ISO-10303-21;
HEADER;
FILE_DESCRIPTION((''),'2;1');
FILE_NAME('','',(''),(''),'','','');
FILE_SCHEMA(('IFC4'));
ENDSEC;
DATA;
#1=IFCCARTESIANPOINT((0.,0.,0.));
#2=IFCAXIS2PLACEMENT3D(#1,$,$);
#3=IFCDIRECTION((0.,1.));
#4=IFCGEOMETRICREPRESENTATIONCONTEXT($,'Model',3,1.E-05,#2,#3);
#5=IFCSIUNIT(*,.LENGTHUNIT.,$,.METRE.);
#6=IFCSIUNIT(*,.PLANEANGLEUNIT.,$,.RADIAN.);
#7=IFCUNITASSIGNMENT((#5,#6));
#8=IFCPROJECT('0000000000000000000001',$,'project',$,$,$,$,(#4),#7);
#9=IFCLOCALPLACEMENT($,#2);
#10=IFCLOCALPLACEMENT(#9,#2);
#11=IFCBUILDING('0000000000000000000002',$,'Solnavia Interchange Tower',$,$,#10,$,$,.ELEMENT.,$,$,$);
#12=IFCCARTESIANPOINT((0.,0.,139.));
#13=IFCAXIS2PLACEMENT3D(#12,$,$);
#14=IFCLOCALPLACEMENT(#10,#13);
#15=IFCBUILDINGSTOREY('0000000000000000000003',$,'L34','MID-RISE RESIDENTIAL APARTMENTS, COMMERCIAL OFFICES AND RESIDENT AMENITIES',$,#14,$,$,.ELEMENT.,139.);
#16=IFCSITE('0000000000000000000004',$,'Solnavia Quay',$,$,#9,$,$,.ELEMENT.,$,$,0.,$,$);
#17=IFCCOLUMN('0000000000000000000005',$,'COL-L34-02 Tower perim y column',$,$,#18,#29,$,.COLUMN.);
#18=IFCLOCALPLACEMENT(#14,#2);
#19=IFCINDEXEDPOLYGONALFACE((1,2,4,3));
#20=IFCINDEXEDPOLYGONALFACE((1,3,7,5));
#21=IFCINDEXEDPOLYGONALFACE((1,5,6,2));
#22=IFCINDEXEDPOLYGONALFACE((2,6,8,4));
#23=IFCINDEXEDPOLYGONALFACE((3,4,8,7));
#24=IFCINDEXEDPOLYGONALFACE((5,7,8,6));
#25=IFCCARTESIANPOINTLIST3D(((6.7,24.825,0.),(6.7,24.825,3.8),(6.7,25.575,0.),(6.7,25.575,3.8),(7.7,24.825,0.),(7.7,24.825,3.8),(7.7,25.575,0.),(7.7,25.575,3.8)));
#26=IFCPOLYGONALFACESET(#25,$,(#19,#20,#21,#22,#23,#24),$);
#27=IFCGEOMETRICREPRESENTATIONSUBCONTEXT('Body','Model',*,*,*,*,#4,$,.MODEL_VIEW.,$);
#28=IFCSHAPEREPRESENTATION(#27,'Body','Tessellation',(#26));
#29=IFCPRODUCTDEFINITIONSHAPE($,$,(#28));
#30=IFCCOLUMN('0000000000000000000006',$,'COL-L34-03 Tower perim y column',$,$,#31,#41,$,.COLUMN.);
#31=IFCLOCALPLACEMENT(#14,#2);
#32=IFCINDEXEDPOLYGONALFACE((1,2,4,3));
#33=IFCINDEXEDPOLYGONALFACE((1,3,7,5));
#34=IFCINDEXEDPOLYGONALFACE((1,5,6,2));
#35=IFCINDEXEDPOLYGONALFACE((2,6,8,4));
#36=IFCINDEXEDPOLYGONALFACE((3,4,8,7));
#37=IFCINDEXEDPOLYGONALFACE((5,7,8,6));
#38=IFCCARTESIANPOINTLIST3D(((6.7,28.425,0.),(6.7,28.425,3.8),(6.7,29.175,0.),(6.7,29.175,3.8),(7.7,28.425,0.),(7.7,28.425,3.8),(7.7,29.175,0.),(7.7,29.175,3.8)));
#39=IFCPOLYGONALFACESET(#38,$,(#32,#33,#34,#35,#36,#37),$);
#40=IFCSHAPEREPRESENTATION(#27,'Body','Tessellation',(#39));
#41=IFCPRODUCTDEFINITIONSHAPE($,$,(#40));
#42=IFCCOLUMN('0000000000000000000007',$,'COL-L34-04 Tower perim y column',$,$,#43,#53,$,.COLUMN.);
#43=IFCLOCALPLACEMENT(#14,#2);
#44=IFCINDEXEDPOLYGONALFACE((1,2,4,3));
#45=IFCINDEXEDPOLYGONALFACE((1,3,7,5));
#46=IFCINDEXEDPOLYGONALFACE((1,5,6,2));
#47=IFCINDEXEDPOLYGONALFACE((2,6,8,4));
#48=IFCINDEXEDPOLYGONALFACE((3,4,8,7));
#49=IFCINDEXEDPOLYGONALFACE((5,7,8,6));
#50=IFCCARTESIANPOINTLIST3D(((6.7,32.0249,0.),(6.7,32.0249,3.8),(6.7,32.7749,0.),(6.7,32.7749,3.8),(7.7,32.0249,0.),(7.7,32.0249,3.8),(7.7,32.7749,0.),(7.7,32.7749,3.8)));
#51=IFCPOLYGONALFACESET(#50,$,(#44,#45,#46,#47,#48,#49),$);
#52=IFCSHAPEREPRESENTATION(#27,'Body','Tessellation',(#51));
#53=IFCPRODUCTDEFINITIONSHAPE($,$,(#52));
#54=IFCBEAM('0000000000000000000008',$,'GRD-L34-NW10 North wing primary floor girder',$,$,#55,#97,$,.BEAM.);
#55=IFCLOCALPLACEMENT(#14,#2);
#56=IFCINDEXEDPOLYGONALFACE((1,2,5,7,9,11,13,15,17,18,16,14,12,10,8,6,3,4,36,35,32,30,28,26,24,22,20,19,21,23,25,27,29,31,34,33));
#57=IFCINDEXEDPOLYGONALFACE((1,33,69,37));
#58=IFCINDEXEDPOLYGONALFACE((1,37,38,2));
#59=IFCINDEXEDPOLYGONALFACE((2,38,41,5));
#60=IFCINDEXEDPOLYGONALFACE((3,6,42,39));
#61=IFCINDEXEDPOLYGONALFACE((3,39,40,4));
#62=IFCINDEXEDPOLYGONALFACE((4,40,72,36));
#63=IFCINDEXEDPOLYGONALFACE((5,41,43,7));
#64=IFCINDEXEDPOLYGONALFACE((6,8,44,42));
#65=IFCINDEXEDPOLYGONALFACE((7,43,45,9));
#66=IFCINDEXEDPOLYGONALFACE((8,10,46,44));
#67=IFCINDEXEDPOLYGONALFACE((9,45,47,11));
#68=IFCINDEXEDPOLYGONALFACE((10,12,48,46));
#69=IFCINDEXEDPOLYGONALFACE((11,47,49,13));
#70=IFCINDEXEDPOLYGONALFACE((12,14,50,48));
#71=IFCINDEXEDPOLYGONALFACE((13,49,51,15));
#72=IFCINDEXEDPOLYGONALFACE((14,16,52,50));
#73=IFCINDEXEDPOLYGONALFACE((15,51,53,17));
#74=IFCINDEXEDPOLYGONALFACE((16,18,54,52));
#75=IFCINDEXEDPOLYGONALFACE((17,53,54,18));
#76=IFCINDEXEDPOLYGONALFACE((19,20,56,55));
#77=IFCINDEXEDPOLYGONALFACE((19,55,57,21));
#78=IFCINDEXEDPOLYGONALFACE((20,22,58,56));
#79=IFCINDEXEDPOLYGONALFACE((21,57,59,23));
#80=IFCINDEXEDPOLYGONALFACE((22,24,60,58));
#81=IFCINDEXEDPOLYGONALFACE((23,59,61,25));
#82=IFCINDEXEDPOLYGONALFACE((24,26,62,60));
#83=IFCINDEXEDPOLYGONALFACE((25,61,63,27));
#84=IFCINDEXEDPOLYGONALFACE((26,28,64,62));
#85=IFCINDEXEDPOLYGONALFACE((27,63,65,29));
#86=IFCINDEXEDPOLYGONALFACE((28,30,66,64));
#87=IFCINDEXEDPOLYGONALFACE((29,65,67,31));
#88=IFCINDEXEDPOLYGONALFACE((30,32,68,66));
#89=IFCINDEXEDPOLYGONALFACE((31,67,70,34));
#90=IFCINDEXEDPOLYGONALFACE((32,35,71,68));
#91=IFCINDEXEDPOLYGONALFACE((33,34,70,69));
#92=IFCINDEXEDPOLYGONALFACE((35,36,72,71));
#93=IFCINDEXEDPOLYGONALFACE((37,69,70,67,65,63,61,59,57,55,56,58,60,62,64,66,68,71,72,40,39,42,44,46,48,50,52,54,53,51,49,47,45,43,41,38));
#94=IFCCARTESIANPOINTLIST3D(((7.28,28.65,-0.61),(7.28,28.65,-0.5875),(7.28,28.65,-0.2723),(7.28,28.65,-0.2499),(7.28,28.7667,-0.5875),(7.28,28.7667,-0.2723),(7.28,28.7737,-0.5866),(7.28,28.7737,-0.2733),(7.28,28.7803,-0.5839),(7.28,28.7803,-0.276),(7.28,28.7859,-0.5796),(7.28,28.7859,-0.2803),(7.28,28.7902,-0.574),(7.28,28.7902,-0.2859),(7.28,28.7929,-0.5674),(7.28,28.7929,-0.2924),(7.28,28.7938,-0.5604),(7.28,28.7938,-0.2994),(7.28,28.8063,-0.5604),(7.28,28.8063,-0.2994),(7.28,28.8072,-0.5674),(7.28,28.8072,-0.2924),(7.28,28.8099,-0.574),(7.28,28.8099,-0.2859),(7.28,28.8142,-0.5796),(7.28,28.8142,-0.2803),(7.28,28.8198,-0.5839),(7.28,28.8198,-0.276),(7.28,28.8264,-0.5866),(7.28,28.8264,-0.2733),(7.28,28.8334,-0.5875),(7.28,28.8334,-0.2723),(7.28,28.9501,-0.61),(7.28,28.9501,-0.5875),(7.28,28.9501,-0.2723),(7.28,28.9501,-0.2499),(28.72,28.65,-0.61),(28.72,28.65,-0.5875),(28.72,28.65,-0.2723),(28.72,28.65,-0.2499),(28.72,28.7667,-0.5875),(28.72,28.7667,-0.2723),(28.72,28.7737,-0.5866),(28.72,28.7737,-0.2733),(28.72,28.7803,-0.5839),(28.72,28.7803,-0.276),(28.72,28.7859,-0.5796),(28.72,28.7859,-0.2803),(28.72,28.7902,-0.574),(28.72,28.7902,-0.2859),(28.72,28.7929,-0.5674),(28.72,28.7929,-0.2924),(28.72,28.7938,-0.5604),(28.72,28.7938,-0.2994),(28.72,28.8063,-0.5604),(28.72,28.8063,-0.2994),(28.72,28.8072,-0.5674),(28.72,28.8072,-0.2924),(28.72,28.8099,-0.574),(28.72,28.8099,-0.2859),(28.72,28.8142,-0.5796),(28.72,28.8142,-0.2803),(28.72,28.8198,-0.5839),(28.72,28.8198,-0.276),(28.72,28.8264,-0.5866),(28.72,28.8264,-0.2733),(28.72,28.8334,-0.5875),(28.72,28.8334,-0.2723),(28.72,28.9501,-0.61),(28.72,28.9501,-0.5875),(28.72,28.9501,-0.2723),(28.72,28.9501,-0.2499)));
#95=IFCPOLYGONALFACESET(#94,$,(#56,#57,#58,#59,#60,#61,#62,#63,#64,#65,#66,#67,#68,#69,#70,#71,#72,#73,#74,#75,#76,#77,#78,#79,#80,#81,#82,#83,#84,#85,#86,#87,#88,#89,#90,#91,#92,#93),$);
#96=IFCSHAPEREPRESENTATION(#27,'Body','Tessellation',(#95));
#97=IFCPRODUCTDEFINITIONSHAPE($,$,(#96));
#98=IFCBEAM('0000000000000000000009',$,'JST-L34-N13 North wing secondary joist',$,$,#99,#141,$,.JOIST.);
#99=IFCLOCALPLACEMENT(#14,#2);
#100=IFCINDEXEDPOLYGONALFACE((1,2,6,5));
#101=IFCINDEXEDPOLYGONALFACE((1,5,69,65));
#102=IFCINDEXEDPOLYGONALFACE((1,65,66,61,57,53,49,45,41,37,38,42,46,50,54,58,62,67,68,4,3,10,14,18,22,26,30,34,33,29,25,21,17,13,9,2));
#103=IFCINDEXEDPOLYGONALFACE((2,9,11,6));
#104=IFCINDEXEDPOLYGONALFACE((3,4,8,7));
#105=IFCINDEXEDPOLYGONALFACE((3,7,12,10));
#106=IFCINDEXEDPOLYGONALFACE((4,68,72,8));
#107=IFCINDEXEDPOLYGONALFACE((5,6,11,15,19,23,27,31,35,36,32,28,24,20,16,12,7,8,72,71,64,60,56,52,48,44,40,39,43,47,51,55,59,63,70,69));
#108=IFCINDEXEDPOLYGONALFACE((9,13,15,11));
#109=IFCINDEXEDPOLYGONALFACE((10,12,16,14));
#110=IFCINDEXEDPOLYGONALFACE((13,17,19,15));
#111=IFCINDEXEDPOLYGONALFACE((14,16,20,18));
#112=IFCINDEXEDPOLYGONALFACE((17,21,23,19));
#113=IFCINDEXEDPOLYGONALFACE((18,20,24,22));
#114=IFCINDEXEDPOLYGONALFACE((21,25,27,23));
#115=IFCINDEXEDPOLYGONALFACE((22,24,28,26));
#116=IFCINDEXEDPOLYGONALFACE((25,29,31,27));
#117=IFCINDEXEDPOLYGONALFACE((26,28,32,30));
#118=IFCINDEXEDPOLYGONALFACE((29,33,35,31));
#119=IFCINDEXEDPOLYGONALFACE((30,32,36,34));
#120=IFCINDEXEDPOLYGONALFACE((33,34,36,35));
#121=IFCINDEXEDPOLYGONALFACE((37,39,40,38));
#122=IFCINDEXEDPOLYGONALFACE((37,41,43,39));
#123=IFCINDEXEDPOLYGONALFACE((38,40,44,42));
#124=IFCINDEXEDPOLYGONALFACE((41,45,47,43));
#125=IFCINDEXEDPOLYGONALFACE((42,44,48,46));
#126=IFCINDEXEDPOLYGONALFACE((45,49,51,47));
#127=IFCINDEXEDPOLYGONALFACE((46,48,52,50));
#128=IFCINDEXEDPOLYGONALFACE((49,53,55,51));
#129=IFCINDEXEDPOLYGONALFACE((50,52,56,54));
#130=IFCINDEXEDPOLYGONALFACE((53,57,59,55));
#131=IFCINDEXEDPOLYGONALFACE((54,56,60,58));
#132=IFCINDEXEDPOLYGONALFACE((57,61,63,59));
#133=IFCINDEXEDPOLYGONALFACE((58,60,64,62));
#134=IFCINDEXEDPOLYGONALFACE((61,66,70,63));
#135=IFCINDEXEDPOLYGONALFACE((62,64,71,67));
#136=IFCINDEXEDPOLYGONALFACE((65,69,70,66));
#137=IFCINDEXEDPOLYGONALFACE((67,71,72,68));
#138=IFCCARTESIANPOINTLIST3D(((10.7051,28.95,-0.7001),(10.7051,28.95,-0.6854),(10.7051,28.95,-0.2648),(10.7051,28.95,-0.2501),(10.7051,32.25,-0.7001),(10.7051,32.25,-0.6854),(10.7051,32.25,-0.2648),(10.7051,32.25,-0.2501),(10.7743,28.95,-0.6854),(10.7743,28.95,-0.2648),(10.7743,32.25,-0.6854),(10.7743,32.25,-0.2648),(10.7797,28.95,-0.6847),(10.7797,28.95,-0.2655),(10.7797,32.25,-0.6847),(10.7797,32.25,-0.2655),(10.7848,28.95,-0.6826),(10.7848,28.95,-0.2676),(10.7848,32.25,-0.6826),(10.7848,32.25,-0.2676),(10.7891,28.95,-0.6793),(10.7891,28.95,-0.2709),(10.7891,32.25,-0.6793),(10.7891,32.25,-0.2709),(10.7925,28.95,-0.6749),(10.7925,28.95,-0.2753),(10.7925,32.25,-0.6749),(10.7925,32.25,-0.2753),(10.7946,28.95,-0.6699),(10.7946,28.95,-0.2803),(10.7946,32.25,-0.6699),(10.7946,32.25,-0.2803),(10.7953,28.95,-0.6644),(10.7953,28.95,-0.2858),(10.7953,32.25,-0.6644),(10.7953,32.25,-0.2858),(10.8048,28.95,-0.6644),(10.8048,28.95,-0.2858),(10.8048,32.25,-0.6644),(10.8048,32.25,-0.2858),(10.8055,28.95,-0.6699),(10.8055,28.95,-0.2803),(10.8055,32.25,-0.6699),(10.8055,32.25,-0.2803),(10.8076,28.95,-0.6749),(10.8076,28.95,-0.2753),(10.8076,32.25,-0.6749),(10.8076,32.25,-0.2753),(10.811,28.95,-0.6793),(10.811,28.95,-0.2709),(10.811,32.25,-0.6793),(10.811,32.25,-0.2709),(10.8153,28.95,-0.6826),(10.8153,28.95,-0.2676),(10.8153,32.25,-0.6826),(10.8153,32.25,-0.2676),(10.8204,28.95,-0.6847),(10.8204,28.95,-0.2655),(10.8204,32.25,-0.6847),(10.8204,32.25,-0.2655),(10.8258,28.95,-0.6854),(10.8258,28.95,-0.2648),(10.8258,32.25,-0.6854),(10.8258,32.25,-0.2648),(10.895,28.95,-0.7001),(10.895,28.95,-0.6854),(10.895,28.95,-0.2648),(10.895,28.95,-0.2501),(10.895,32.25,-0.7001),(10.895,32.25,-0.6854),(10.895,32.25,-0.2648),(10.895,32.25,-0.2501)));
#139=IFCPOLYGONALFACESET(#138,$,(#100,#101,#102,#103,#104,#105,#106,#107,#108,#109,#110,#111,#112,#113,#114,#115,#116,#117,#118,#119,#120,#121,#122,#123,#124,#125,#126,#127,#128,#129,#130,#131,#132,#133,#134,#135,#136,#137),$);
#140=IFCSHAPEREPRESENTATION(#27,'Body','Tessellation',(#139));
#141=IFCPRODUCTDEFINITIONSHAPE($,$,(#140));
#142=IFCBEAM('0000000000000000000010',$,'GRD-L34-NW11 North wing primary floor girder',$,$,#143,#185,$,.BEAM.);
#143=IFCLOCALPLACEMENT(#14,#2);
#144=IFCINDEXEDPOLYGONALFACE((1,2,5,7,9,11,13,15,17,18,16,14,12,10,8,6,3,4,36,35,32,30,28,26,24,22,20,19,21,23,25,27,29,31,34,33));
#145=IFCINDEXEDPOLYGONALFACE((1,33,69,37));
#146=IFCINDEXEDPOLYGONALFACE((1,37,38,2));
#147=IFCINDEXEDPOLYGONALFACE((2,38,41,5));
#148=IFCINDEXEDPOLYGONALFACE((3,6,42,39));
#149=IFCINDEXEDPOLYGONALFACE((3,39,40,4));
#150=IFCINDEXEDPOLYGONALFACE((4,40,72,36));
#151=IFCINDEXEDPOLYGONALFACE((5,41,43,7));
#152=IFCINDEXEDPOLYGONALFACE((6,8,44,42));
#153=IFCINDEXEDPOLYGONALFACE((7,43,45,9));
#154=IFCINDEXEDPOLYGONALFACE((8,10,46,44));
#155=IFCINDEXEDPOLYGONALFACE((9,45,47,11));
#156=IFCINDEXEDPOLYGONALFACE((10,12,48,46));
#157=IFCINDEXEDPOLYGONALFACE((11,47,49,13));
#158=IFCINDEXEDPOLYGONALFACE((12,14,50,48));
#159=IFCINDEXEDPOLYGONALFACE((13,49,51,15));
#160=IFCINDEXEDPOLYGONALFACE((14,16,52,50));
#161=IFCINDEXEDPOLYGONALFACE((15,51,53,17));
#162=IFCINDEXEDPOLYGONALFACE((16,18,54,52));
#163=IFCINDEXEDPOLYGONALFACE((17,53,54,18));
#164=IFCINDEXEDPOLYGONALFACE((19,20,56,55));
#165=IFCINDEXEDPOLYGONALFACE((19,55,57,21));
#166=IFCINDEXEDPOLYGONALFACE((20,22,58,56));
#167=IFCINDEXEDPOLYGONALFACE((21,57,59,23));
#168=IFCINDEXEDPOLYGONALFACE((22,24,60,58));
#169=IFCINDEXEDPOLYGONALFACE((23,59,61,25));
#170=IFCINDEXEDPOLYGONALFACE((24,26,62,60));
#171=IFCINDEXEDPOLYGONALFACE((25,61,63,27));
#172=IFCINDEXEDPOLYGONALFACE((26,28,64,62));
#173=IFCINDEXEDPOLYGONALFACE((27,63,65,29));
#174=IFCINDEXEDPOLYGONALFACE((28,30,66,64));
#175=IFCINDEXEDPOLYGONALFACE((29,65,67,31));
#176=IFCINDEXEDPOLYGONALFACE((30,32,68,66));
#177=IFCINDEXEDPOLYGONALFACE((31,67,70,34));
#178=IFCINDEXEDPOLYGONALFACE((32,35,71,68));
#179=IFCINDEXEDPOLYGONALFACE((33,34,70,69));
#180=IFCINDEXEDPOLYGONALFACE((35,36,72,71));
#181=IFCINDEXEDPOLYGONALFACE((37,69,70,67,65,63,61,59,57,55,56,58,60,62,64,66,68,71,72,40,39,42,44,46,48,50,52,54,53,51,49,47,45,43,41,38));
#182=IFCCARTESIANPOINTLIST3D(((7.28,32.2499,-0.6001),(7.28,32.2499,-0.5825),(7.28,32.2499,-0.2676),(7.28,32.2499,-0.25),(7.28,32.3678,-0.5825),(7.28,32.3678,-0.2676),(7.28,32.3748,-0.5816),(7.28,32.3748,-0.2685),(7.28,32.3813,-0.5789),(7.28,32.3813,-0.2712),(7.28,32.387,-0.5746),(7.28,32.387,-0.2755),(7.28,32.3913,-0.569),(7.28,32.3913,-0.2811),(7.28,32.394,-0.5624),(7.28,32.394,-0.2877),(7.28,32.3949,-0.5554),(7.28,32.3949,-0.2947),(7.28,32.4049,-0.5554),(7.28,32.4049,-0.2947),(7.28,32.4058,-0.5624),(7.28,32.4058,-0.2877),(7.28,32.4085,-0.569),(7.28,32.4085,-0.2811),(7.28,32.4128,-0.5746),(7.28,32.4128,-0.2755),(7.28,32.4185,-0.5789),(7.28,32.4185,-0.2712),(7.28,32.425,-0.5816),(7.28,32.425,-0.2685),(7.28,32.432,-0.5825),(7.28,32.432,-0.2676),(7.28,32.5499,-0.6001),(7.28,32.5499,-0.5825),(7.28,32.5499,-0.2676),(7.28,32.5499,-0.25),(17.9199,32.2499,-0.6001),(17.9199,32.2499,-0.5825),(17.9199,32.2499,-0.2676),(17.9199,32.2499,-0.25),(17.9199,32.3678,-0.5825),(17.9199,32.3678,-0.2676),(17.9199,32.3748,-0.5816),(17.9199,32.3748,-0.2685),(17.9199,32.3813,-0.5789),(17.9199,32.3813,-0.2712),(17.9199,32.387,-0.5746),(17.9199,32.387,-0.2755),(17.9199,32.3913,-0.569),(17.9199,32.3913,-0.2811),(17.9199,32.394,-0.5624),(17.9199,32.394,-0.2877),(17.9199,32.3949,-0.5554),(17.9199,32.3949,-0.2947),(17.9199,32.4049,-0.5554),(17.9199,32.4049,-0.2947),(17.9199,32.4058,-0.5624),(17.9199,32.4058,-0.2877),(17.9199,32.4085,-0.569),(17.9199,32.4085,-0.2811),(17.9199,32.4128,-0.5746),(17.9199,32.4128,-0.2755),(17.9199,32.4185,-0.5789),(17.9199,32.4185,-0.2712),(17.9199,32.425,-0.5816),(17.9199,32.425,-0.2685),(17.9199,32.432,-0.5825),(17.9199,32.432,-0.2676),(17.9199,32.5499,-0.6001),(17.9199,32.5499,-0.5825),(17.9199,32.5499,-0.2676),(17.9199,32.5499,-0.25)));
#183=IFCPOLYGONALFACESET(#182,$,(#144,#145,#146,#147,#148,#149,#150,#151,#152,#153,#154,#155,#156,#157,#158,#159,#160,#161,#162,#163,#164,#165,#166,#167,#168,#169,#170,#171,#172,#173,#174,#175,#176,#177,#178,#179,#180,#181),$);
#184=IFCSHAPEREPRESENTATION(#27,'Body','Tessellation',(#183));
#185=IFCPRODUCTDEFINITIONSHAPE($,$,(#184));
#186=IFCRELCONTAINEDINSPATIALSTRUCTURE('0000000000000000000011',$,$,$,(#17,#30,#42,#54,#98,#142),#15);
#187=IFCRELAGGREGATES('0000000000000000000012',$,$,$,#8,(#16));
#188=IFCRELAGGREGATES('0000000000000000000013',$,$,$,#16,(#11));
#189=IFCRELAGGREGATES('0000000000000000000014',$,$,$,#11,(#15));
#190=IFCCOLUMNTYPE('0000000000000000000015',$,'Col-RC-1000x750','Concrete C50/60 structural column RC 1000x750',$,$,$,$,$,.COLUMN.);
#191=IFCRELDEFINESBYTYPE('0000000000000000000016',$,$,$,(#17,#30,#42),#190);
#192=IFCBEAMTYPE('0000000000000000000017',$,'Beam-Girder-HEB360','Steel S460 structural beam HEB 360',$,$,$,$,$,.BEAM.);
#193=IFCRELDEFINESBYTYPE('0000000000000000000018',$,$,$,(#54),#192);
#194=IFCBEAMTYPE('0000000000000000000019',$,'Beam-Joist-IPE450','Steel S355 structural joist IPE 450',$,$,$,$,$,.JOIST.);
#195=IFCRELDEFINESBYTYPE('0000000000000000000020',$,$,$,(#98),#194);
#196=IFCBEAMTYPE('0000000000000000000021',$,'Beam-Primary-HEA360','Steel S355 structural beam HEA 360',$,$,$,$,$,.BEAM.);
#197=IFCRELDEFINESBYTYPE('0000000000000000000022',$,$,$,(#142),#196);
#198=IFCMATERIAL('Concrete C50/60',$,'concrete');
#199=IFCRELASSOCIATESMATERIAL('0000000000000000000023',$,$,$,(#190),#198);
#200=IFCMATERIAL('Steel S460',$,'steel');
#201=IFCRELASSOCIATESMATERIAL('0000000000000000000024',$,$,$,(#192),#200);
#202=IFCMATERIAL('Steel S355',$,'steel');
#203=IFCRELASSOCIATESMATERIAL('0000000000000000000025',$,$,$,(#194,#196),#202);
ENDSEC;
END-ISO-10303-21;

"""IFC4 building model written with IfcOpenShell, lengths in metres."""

from ifc_helpers import new_model, si_unit, direction, frame, origin, origin_2d, place, context, subcontext, project, spatial, rectangle, i_section, extrude, material, material_profile, profile_set, type_object, element, save


model = new_model("IFC4")

# Units and contexts
model_context = context("Model", 3, precision=1e-05, world=origin(), true_north=direction((0.0, 1.0)))
body_context = subcontext(model_context, "Body", "Model", "MODEL_VIEW")
ifc_project = project(units=[si_unit("LENGTHUNIT", "METRE"), si_unit("PLANEANGLEUNIT", "RADIAN")], contexts=[model_context])

# Site, building, storey
site_placement = place(None, origin())
site = spatial("IfcSite", under=ifc_project, at=site_placement, Name="Solnavia Quay", CompositionType="ELEMENT", RefElevation=0.0)
building_placement = place(site_placement, origin())
building = spatial("IfcBuilding", under=site, at=building_placement, Name="Solnavia Interchange Tower", CompositionType="ELEMENT")
storey_placement = place(building_placement, frame((0.0, 0.0, 139.0)))
storey = spatial("IfcBuildingStorey", under=building, at=storey_placement, Name="L34", Description="MID-RISE RESIDENTIAL APARTMENTS, COMMERCIAL OFFICES AND RESIDENT AMENITIES", CompositionType="ELEMENT", Elevation=139.0)

# Columns
ifc_material_1 = material(Name="Concrete C50/60", Category="concrete")
ifc_material_profile_1 = material_profile(ifc_material_1, rectangle(XDim=0.75, YDim=1.0, at=origin_2d()), Name="RC 1000x750")
ifc_profile_set_1 = profile_set([ifc_material_profile_1], Name="Concrete C50/60")
column_type = type_object("IfcColumnType", Name="Col-RC-1000x750", Description="Concrete C50/60 structural column RC 1000x750", PredefinedType="COLUMN", material=ifc_profile_set_1)
for number, where, z_axis, x_axis, name in (
    (1, (7.2, 25.2, 0.0), (0.0, 0.0, 1.0), (0.0, 1.0, 0.0), "COL-L34-02 Tower perim y column"),
    (2, (7.2, 28.8, 0.0), (0.0, 0.0, 1.0), (0.0, 1.0, 0.0), "COL-L34-03 Tower perim y column"),
    (3, (7.2, 32.3999, 0.0), (0.0, 0.0, 1.0), (0.0, 1.0, 0.0), "COL-L34-04 Tower perim y column"),
):
    element("IfcColumn", number, at=place(storey_placement, frame(where, z_axis=z_axis, x_axis=x_axis)), inside=storey, type_object=column_type, Name=name, PredefinedType="COLUMN", context=body_context, shape_type="SweptSolid", body=[
        extrude(rectangle(XDim=0.75, YDim=1.0, at=origin_2d()), origin(), (0.0, 0.0, 1.0), 3.8),
    ])

# Beams
ifc_material_2 = material(Name="Steel S460", Category="steel")
ifc_material_profile_2 = material_profile(ifc_material_2, i_section(OverallWidth=0.3, OverallDepth=0.3601, WebThickness=0.0125, FlangeThickness=0.0225, FilletRadius=0.0271, at=origin_2d()), Name="HEB 360")
ifc_profile_set_2 = profile_set([ifc_material_profile_2], Name="Steel S460")
beam_type_1 = type_object("IfcBeamType", Name="Beam-Girder-HEB360", Description="Steel S460 structural beam HEB 360", PredefinedType="BEAM", material=ifc_profile_set_2)
beam_1_placement = place(storey_placement, frame((7.28, 28.8, -0.4299), z_axis=(1.0, 0.0, 0.0), x_axis=(0.0, 1.0, 0.0)))
element("IfcBeam", 4, at=beam_1_placement, inside=storey, type_object=beam_type_1, Name="GRD-L34-NW10 North wing primary floor girder", PredefinedType="BEAM", context=body_context, shape_type="SweptSolid", body=[
    extrude(i_section(OverallWidth=0.3, OverallDepth=0.3601, WebThickness=0.0125, FlangeThickness=0.0225, FilletRadius=0.0271, at=origin_2d()), origin(), (0.0, 0.0, 1.0), 21.4399),
])
ifc_material_3 = material(Name="Steel S355", Category="steel")
ifc_material_profile_3 = material_profile(ifc_material_3, i_section(OverallWidth=0.1899, OverallDepth=0.45, WebThickness=0.0095, FlangeThickness=0.0146, FilletRadius=0.021, at=origin_2d()), Name="IPE 450")
ifc_profile_set_3 = profile_set([ifc_material_profile_3], Name="Steel S355")
beam_type_2 = type_object("IfcBeamType", Name="Beam-Joist-IPE450", Description="Steel S355 structural joist IPE 450", PredefinedType="JOIST", material=ifc_profile_set_3)
beam_2_placement = place(storey_placement, frame((10.8, 28.95, -0.4751), z_axis=(0.0, 1.0, 0.0), x_axis=(-1.0, 0.0, 0.0)))
element("IfcBeam", 5, at=beam_2_placement, inside=storey, type_object=beam_type_2, Name="JST-L34-N13 North wing secondary joist", PredefinedType="JOIST", context=body_context, shape_type="SweptSolid", body=[
    extrude(i_section(OverallWidth=0.1899, OverallDepth=0.45, WebThickness=0.0095, FlangeThickness=0.0146, FilletRadius=0.021, at=origin_2d()), origin(), (0.0, 0.0, 1.0), 3.3),
])
ifc_material_profile_4 = material_profile(ifc_material_3, i_section(OverallWidth=0.3, OverallDepth=0.3501, WebThickness=0.01, FlangeThickness=0.0176, FilletRadius=0.0271, at=origin_2d()), Name="HEA 360")
ifc_profile_set_4 = profile_set([ifc_material_profile_4], Name="Steel S355")
beam_type_3 = type_object("IfcBeamType", Name="Beam-Primary-HEA360", Description="Steel S355 structural beam HEA 360", PredefinedType="BEAM", material=ifc_profile_set_4)
beam_3_placement = place(storey_placement, frame((7.28, 32.3999, -0.425), z_axis=(1.0, 0.0, 0.0), x_axis=(0.0, 1.0, 0.0)))
element("IfcBeam", 6, at=beam_3_placement, inside=storey, type_object=beam_type_3, Name="GRD-L34-NW11 North wing primary floor girder", PredefinedType="BEAM", context=body_context, shape_type="SweptSolid", body=[
    extrude(i_section(OverallWidth=0.3, OverallDepth=0.3501, WebThickness=0.01, FlangeThickness=0.0176, FilletRadius=0.0271, at=origin_2d()), origin(), (0.0, 0.0, 1.0), 10.6399),
])

save(model, "model.ifc")
